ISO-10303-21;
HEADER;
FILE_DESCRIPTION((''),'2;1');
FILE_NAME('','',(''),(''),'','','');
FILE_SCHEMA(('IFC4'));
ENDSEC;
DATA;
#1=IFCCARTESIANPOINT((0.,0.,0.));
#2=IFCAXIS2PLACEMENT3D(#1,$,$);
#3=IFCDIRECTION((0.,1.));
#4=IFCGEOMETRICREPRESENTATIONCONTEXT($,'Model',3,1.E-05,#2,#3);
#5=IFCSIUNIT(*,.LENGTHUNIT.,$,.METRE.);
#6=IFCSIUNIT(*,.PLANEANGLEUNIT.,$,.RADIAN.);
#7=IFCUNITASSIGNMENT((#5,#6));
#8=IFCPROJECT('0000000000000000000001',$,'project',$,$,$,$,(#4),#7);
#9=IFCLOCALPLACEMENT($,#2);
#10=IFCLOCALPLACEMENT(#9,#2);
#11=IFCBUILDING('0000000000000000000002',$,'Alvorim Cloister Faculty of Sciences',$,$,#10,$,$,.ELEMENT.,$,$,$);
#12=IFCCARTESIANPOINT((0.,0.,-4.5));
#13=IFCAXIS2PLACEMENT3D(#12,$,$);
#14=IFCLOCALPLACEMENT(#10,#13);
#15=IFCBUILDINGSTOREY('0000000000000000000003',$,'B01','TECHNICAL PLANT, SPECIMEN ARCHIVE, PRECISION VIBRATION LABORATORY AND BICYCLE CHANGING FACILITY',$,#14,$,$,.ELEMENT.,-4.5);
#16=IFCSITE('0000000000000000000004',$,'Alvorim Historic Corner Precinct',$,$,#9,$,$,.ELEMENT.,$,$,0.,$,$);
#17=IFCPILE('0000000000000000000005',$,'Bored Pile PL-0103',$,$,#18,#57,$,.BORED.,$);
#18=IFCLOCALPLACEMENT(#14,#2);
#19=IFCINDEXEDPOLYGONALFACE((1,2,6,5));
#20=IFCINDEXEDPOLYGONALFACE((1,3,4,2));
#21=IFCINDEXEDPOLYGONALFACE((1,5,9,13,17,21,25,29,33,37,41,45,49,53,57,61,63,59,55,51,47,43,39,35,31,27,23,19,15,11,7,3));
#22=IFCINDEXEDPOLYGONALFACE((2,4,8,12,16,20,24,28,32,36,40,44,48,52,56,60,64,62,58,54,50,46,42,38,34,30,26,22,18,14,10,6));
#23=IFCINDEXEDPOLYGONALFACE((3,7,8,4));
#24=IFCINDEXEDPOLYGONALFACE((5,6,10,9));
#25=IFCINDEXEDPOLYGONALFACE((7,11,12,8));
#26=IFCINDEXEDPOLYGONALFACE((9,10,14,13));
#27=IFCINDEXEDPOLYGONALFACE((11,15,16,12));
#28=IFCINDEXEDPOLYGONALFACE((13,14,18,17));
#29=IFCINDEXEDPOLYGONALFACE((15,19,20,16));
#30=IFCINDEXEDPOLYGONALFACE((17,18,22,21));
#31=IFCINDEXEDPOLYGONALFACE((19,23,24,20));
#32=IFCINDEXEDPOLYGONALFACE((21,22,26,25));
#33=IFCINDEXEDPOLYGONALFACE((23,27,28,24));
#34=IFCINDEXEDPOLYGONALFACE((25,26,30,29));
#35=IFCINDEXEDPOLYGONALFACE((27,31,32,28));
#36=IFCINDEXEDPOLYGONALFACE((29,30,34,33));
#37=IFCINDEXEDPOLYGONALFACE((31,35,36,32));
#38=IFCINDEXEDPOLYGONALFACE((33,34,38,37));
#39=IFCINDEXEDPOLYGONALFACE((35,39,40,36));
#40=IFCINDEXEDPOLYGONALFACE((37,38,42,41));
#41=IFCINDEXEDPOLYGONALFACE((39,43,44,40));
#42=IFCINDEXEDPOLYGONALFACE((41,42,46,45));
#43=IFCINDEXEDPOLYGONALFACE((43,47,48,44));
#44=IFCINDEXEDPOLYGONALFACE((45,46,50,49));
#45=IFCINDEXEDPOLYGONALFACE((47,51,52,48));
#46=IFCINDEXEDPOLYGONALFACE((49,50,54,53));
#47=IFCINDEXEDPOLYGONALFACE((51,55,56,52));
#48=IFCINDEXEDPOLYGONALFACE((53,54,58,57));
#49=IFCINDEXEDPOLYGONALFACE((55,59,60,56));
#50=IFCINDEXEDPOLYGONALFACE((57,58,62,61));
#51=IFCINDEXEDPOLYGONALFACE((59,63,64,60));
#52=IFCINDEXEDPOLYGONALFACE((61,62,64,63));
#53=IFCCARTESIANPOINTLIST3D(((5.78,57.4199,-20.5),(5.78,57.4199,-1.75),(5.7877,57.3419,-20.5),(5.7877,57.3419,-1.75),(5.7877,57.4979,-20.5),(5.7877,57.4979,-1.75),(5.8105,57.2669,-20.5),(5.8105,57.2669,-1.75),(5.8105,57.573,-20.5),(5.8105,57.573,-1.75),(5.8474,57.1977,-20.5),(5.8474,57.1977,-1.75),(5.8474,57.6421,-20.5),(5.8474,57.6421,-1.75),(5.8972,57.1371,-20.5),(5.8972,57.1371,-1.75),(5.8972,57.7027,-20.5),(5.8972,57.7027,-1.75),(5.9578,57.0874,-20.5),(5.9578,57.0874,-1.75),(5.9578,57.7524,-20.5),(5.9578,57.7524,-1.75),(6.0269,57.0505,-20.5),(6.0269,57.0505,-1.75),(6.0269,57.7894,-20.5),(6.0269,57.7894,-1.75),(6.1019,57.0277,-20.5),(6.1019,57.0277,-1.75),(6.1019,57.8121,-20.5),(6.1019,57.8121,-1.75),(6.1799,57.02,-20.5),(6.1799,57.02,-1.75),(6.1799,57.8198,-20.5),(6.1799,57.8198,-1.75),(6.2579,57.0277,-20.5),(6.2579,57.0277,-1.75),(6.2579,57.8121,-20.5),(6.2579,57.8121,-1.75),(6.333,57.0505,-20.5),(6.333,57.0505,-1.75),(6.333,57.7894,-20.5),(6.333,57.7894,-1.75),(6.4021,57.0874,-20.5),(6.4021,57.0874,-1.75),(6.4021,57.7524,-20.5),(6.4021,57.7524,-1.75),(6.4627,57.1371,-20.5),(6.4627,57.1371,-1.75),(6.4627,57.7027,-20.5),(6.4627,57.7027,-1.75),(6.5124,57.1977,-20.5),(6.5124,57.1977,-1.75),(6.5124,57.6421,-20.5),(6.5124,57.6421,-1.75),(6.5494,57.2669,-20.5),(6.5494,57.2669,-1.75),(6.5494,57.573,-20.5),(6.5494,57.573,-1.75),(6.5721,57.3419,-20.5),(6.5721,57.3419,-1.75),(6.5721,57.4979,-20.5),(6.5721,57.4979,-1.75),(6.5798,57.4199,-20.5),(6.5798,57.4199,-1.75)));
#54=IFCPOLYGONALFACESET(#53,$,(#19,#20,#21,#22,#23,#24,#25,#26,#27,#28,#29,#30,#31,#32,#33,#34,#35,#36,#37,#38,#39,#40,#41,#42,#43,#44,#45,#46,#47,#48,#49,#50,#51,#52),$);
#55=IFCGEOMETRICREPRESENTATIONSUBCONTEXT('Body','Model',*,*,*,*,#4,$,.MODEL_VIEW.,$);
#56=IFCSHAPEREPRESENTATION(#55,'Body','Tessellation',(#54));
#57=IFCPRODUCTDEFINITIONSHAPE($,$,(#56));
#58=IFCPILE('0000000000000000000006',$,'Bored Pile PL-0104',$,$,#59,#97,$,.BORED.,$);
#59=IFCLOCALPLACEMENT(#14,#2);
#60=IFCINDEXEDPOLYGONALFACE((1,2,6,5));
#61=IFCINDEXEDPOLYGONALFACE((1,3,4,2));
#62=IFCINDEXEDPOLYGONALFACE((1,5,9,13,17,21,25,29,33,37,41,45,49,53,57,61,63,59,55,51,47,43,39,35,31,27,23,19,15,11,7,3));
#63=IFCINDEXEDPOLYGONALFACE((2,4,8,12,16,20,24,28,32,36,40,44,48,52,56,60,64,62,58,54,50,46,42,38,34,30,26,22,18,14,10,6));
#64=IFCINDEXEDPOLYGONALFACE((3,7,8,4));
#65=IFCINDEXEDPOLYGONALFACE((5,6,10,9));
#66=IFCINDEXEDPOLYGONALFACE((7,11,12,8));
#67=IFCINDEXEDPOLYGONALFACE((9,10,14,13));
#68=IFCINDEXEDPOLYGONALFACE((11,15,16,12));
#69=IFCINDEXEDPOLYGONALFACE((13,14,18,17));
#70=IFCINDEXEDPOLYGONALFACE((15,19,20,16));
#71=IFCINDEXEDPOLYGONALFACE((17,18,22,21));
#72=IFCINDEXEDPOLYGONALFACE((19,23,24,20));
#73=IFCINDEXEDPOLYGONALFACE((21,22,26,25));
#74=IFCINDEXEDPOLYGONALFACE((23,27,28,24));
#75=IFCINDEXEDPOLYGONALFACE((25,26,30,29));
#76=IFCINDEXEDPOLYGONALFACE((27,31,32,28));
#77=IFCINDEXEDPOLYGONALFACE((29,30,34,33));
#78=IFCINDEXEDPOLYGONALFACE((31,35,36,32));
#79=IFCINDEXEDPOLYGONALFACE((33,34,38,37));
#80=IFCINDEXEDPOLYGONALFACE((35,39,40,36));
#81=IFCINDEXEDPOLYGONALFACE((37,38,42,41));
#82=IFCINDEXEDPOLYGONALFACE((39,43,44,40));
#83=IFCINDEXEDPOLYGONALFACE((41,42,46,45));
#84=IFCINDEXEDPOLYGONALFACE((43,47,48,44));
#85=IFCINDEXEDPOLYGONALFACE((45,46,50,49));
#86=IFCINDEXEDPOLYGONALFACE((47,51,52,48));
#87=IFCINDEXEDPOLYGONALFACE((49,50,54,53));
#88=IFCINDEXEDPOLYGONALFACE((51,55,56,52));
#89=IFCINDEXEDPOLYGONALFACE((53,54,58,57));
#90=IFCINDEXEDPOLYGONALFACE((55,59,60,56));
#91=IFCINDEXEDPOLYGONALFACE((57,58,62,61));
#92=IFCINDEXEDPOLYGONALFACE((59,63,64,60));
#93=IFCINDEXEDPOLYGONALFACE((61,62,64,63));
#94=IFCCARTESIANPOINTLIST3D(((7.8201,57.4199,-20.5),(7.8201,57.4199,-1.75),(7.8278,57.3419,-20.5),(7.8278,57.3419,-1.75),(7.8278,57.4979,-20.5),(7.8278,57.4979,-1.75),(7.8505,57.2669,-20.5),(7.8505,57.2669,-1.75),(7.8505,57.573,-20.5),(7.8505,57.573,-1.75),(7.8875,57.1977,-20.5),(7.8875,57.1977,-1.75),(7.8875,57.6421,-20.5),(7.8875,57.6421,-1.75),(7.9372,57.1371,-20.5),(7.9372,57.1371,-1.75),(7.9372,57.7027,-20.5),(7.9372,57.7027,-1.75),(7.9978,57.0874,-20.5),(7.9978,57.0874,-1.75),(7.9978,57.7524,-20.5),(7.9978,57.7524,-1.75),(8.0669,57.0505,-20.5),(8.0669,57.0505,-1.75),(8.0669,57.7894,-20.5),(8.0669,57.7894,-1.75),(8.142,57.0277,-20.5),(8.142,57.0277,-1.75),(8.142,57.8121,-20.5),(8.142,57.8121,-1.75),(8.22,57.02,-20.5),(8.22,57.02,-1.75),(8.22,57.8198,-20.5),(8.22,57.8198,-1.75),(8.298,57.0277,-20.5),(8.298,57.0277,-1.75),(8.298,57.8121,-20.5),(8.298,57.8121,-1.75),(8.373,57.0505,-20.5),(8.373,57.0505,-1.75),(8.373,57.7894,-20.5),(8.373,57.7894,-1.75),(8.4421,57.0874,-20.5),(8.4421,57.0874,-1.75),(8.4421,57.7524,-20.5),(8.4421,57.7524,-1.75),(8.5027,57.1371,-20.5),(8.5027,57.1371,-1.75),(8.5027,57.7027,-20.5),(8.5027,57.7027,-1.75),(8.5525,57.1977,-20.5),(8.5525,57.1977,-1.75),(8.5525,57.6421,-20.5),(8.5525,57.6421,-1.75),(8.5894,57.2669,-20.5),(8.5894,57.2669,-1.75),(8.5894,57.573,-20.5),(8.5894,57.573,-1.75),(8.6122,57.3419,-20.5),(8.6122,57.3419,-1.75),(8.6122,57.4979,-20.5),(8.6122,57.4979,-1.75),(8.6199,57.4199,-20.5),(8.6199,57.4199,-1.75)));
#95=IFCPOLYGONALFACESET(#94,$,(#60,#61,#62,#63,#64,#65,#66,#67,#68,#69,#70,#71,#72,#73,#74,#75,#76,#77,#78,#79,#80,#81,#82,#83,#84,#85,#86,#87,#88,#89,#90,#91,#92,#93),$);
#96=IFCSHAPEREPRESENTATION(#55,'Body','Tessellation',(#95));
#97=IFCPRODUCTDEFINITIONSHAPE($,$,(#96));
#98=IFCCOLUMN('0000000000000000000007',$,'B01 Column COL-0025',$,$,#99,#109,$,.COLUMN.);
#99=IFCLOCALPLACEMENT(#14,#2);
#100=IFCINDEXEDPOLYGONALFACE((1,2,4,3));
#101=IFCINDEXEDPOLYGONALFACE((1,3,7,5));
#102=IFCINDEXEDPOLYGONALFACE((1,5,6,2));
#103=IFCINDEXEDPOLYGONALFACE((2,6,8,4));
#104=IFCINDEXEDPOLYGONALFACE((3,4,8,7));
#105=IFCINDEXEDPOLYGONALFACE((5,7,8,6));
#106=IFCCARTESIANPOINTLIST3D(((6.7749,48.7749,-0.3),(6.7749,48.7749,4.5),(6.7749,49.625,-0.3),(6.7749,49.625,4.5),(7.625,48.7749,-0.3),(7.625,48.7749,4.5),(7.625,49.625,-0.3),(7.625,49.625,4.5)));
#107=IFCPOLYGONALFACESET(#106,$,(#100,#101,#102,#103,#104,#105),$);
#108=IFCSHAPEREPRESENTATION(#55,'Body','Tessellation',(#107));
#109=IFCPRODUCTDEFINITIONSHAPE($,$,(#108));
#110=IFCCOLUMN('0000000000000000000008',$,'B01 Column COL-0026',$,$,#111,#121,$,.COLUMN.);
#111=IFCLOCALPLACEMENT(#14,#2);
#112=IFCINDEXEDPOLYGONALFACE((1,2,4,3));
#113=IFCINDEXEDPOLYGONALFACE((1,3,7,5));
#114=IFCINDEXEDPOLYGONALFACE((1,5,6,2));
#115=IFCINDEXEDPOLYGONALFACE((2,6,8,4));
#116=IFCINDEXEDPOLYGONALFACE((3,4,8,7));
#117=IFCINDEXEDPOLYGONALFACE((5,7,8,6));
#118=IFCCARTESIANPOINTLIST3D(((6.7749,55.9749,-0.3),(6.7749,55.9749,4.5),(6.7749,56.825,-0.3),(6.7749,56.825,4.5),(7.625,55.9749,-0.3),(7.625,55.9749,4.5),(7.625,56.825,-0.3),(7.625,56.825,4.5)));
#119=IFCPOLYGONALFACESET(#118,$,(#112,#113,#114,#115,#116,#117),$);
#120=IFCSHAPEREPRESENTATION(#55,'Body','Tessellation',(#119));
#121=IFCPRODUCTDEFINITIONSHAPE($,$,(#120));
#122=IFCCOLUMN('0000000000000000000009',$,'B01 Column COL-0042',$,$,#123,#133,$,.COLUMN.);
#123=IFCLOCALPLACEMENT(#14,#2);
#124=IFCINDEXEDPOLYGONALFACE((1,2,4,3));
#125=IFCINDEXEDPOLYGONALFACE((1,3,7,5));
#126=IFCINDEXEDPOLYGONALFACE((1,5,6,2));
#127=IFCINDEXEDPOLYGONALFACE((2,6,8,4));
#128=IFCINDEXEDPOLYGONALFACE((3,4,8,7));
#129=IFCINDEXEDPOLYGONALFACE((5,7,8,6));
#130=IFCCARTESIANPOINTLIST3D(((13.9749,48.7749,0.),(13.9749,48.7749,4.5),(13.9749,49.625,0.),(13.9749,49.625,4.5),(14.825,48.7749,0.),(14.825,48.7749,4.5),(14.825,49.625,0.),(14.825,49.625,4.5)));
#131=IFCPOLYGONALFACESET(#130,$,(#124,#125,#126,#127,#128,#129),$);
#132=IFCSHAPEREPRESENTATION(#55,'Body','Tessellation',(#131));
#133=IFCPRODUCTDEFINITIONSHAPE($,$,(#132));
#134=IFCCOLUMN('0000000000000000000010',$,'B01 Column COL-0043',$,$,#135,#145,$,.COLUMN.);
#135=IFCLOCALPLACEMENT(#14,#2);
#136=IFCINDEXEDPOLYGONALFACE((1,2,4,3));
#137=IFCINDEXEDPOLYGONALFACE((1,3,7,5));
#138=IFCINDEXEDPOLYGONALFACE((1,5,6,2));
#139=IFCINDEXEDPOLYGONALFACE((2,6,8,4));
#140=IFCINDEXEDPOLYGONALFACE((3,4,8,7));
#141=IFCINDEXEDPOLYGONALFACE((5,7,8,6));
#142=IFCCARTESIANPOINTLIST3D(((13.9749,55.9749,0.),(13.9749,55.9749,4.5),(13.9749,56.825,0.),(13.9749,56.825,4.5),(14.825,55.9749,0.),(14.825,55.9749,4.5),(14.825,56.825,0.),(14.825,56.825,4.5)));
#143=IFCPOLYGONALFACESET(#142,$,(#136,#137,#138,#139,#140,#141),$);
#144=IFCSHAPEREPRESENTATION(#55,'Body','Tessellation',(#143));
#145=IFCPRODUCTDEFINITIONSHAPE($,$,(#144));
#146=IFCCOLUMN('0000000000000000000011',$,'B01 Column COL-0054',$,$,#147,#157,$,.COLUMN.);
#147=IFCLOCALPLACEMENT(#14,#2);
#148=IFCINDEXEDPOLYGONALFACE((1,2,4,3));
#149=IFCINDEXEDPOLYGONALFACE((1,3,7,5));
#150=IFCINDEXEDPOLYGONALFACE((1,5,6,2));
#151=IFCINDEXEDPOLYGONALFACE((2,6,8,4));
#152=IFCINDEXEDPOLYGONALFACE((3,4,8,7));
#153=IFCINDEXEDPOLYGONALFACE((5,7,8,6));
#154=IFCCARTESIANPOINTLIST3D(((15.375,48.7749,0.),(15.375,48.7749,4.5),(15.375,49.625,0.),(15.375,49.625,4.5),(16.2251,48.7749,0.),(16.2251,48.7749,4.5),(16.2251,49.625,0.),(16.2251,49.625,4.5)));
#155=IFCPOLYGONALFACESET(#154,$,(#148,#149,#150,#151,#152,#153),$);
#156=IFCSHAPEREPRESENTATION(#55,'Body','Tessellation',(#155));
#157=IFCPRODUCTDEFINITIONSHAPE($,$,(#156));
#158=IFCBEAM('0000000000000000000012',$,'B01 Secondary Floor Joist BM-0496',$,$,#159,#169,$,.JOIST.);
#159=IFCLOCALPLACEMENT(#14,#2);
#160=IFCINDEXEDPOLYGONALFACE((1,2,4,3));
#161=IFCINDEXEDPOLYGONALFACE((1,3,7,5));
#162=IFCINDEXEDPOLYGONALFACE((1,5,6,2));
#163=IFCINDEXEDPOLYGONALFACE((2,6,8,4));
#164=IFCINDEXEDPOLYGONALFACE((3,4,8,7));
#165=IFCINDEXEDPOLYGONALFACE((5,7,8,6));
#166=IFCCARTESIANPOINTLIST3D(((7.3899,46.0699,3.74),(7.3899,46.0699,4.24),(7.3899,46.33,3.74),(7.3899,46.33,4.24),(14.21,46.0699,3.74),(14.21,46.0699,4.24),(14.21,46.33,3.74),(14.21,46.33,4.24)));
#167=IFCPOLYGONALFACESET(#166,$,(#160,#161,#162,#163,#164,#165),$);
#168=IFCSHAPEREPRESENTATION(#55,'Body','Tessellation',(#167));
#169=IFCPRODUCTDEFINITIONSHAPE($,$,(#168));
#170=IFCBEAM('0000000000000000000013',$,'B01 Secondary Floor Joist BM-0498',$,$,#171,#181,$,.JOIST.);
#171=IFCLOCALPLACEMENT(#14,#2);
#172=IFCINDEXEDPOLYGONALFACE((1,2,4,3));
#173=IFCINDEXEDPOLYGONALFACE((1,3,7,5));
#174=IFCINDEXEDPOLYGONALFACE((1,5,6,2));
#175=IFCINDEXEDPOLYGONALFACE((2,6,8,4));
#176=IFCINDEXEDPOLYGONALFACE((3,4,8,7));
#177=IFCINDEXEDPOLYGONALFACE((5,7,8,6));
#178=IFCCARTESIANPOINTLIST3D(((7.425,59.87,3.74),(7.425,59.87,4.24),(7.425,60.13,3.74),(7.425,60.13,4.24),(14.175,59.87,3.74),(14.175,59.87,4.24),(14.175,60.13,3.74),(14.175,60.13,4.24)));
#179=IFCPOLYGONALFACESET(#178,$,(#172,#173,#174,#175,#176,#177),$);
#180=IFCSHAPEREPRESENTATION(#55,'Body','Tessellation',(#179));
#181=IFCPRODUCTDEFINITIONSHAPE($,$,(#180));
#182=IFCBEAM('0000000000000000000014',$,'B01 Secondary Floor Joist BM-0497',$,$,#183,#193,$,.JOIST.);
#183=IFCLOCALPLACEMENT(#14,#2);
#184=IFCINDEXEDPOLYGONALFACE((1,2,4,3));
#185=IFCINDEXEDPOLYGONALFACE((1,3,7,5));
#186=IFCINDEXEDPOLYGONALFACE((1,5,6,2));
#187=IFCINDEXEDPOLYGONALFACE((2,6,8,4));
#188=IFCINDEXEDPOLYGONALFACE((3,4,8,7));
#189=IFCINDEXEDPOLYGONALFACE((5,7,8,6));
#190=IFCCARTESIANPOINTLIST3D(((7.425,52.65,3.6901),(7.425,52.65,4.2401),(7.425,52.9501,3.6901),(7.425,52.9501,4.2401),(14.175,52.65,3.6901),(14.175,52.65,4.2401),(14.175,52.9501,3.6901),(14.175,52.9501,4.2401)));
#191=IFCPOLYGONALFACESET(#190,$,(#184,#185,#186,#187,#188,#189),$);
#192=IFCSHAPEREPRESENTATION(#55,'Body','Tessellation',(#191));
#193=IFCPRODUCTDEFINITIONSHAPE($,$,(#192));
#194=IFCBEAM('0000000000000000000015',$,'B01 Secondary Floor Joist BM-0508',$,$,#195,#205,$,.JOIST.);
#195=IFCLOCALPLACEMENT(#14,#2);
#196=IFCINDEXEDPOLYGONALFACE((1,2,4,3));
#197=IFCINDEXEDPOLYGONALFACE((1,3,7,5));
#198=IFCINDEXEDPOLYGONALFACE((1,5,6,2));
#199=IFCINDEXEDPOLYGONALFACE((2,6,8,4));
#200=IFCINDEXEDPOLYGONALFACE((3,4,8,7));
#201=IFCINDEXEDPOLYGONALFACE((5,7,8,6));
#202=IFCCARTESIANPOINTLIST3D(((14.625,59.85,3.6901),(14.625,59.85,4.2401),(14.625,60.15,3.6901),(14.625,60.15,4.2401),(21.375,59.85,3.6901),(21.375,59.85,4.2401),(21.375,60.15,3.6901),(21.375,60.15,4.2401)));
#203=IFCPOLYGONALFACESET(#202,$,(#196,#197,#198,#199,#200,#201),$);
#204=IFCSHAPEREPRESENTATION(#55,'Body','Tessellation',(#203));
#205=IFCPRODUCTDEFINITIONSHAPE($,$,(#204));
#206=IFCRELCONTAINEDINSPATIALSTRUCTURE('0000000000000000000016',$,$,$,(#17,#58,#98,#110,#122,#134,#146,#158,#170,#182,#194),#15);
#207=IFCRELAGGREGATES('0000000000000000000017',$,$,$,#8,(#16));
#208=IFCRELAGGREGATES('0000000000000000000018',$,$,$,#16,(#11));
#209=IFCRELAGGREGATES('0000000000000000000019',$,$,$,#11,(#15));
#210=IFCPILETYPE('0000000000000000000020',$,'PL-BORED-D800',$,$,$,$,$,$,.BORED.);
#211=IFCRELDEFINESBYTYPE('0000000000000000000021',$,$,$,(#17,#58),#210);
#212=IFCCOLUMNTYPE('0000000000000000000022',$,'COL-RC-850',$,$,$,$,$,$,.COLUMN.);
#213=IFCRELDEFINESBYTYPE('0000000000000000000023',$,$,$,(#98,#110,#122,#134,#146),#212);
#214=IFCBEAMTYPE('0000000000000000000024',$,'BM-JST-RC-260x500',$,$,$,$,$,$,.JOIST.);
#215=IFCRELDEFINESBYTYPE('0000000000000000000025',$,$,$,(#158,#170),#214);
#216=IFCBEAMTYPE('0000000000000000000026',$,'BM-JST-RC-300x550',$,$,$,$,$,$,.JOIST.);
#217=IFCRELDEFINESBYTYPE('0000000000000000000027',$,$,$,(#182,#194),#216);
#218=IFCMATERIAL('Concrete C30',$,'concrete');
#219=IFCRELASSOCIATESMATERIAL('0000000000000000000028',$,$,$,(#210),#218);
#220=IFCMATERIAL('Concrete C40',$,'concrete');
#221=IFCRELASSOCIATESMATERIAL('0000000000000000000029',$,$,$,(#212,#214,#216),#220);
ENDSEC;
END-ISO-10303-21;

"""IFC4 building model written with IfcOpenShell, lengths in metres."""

from ifc_helpers import new_model, si_unit, direction, frame, origin, origin_2d, place, context, subcontext, project, spatial, rectangle, circle, extrude, material, material_profile, profile_set, type_object, element, save


model = new_model("IFC4")

# Units and contexts
model_context = context("Model", 3, precision=1e-05, world=origin(), true_north=direction((0.0, 1.0)))
body_context = subcontext(model_context, "Body", "Model", "MODEL_VIEW")
ifc_project = project(units=[si_unit("LENGTHUNIT", "METRE"), si_unit("PLANEANGLEUNIT", "RADIAN")], contexts=[model_context])

# Site, building, storey
site_placement = place(None, origin())
site = spatial("IfcSite", under=ifc_project, at=site_placement, Name="Alvorim Historic Corner Precinct", CompositionType="ELEMENT", RefElevation=0.0)
building_placement = place(site_placement, origin())
building = spatial("IfcBuilding", under=site, at=building_placement, Name="Alvorim Cloister Faculty of Sciences", CompositionType="ELEMENT")
storey_placement = place(building_placement, frame((0.0, 0.0, -4.5)))
storey = spatial("IfcBuildingStorey", under=building, at=storey_placement, Name="B01", Description="TECHNICAL PLANT, SPECIMEN ARCHIVE, PRECISION VIBRATION LABORATORY AND BICYCLE CHANGING FACILITY", CompositionType="ELEMENT", Elevation=-4.5)

# Shared definitions
ifc_material_1 = material(Name="Concrete C40", Category="concrete")

# Piles
ifc_material_2 = material(Name="Concrete C30", Category="concrete")
ifc_material_profile_1 = material_profile(ifc_material_2, circle(Radius=0.3999, at=origin_2d()), Name="PILE-D800")
ifc_profile_set_1 = profile_set([ifc_material_profile_1], Name="Concrete C30")
pile_type = type_object("IfcPileType", Name="PL-BORED-D800", PredefinedType="BORED", material=ifc_profile_set_1)
for number, where, z_axis, x_axis, name in (
    (1, (6.1799, 57.4199, -1.75), (0.0, 0.0, -1.0), (1.0, 0.0, 0.0), "Bored Pile PL-0103"),
    (2, (8.22, 57.4199, -1.75), (0.0, 0.0, -1.0), (1.0, 0.0, 0.0), "Bored Pile PL-0104"),
):
    element("IfcPile", number, at=place(storey_placement, frame(where, z_axis=z_axis, x_axis=x_axis)), inside=storey, type_object=pile_type, Name=name, PredefinedType="BORED", context=body_context, shape_type="SweptSolid", body=[
        extrude(circle(Radius=0.3999, at=origin_2d()), origin(), (0.0, 0.0, 1.0), 18.75),
    ])

# Columns
ifc_material_profile_2 = material_profile(ifc_material_1, rectangle(XDim=0.8501, YDim=0.8501, at=origin_2d()), Name="RC40-COL-850x850")
ifc_profile_set_2 = profile_set([ifc_material_profile_2], Name="Concrete C40")
column_type = type_object("IfcColumnType", Name="COL-RC-850", PredefinedType="COLUMN", material=ifc_profile_set_2)
for number, where, z_axis, x_axis, name in (
    (3, (7.2, 49.2, -0.3), (0.0, 0.0, 1.0), (1.0, 0.0, 0.0), "B01 Column COL-0025"),
    (4, (7.2, 56.3999, -0.3), (0.0, 0.0, 1.0), (1.0, 0.0, 0.0), "B01 Column COL-0026"),
):
    element("IfcColumn", number, at=place(storey_placement, frame(where, z_axis=z_axis, x_axis=x_axis)), inside=storey, type_object=column_type, Name=name, PredefinedType="COLUMN", context=body_context, shape_type="SweptSolid", body=[
        extrude(rectangle(XDim=0.8501, YDim=0.8501, at=origin_2d()), origin(), (0.0, 0.0, 1.0), 4.8),
    ])
for number, where, z_axis, x_axis, name in (
    (5, (14.3999, 49.2, 0.0), (0.0, 0.0, 1.0), (1.0, 0.0, 0.0), "B01 Column COL-0042"),
    (6, (14.3999, 56.3999, 0.0), (0.0, 0.0, 1.0), (1.0, 0.0, 0.0), "B01 Column COL-0043"),
    (7, (15.8, 49.2, 0.0), (0.0, 0.0, 1.0), (1.0, 0.0, 0.0), "B01 Column COL-0054"),
):
    element("IfcColumn", number, at=place(storey_placement, frame(where, z_axis=z_axis, x_axis=x_axis)), inside=storey, type_object=column_type, Name=name, PredefinedType="COLUMN", context=body_context, shape_type="SweptSolid", body=[
        extrude(rectangle(XDim=0.8501, YDim=0.8501, at=origin_2d()), origin(), (0.0, 0.0, 1.0), 4.5),
    ])

# Beams
ifc_material_profile_3 = material_profile(ifc_material_1, rectangle(XDim=0.26, YDim=0.5, at=origin_2d()), Name="RC40-JST-260x500")
ifc_profile_set_3 = profile_set([ifc_material_profile_3], Name="Concrete C40")
beam_type_1 = type_object("IfcBeamType", Name="BM-JST-RC-260x500", PredefinedType="JOIST", material=ifc_profile_set_3)
beam_1_placement = place(storey_placement, frame((7.3899, 46.2, 3.99), z_axis=(1.0, 0.0, 0.0), x_axis=(0.0, 1.0, 0.0)))
element("IfcBeam", 8, at=beam_1_placement, inside=storey, type_object=beam_type_1, Name="B01 Secondary Floor Joist BM-0496", PredefinedType="JOIST", context=body_context, shape_type="SweptSolid", body=[
    extrude(rectangle(XDim=0.26, YDim=0.5, at=origin_2d()), origin(), (0.0, 0.0, 1.0), 6.8201),
])
beam_2_placement = place(storey_placement, frame((7.425, 60.0, 3.99), z_axis=(1.0, 0.0, 0.0), x_axis=(0.0, 1.0, 0.0)))
element("IfcBeam", 9, at=beam_2_placement, inside=storey, type_object=beam_type_1, Name="B01 Secondary Floor Joist BM-0498", PredefinedType="JOIST", context=body_context, shape_type="SweptSolid", body=[
    extrude(rectangle(XDim=0.26, YDim=0.5, at=origin_2d()), origin(), (0.0, 0.0, 1.0), 6.75),
])
ifc_material_profile_4 = material_profile(ifc_material_1, rectangle(XDim=0.3, YDim=0.55, at=origin_2d()), Name="RC40-JST-300x550")
ifc_profile_set_4 = profile_set([ifc_material_profile_4], Name="Concrete C40")
beam_type_2 = type_object("IfcBeamType", Name="BM-JST-RC-300x550", PredefinedType="JOIST", material=ifc_profile_set_4)
for number, where, z_axis, x_axis, name in (
    (10, (7.425, 52.8, 3.9651), (1.0, 0.0, 0.0), (0.0, 1.0, 0.0), "B01 Secondary Floor Joist BM-0497"),
    (11, (14.625, 60.0, 3.9651), (1.0, 0.0, 0.0), (0.0, 1.0, 0.0), "B01 Secondary Floor Joist BM-0508"),
):
    element("IfcBeam", number, at=place(storey_placement, frame(where, z_axis=z_axis, x_axis=x_axis)), inside=storey, type_object=beam_type_2, Name=name, PredefinedType="JOIST", context=body_context, shape_type="SweptSolid", body=[
        extrude(rectangle(XDim=0.3, YDim=0.55, at=origin_2d()), origin(), (0.0, 0.0, 1.0), 6.75),
    ])

save(model, "model.ifc")
